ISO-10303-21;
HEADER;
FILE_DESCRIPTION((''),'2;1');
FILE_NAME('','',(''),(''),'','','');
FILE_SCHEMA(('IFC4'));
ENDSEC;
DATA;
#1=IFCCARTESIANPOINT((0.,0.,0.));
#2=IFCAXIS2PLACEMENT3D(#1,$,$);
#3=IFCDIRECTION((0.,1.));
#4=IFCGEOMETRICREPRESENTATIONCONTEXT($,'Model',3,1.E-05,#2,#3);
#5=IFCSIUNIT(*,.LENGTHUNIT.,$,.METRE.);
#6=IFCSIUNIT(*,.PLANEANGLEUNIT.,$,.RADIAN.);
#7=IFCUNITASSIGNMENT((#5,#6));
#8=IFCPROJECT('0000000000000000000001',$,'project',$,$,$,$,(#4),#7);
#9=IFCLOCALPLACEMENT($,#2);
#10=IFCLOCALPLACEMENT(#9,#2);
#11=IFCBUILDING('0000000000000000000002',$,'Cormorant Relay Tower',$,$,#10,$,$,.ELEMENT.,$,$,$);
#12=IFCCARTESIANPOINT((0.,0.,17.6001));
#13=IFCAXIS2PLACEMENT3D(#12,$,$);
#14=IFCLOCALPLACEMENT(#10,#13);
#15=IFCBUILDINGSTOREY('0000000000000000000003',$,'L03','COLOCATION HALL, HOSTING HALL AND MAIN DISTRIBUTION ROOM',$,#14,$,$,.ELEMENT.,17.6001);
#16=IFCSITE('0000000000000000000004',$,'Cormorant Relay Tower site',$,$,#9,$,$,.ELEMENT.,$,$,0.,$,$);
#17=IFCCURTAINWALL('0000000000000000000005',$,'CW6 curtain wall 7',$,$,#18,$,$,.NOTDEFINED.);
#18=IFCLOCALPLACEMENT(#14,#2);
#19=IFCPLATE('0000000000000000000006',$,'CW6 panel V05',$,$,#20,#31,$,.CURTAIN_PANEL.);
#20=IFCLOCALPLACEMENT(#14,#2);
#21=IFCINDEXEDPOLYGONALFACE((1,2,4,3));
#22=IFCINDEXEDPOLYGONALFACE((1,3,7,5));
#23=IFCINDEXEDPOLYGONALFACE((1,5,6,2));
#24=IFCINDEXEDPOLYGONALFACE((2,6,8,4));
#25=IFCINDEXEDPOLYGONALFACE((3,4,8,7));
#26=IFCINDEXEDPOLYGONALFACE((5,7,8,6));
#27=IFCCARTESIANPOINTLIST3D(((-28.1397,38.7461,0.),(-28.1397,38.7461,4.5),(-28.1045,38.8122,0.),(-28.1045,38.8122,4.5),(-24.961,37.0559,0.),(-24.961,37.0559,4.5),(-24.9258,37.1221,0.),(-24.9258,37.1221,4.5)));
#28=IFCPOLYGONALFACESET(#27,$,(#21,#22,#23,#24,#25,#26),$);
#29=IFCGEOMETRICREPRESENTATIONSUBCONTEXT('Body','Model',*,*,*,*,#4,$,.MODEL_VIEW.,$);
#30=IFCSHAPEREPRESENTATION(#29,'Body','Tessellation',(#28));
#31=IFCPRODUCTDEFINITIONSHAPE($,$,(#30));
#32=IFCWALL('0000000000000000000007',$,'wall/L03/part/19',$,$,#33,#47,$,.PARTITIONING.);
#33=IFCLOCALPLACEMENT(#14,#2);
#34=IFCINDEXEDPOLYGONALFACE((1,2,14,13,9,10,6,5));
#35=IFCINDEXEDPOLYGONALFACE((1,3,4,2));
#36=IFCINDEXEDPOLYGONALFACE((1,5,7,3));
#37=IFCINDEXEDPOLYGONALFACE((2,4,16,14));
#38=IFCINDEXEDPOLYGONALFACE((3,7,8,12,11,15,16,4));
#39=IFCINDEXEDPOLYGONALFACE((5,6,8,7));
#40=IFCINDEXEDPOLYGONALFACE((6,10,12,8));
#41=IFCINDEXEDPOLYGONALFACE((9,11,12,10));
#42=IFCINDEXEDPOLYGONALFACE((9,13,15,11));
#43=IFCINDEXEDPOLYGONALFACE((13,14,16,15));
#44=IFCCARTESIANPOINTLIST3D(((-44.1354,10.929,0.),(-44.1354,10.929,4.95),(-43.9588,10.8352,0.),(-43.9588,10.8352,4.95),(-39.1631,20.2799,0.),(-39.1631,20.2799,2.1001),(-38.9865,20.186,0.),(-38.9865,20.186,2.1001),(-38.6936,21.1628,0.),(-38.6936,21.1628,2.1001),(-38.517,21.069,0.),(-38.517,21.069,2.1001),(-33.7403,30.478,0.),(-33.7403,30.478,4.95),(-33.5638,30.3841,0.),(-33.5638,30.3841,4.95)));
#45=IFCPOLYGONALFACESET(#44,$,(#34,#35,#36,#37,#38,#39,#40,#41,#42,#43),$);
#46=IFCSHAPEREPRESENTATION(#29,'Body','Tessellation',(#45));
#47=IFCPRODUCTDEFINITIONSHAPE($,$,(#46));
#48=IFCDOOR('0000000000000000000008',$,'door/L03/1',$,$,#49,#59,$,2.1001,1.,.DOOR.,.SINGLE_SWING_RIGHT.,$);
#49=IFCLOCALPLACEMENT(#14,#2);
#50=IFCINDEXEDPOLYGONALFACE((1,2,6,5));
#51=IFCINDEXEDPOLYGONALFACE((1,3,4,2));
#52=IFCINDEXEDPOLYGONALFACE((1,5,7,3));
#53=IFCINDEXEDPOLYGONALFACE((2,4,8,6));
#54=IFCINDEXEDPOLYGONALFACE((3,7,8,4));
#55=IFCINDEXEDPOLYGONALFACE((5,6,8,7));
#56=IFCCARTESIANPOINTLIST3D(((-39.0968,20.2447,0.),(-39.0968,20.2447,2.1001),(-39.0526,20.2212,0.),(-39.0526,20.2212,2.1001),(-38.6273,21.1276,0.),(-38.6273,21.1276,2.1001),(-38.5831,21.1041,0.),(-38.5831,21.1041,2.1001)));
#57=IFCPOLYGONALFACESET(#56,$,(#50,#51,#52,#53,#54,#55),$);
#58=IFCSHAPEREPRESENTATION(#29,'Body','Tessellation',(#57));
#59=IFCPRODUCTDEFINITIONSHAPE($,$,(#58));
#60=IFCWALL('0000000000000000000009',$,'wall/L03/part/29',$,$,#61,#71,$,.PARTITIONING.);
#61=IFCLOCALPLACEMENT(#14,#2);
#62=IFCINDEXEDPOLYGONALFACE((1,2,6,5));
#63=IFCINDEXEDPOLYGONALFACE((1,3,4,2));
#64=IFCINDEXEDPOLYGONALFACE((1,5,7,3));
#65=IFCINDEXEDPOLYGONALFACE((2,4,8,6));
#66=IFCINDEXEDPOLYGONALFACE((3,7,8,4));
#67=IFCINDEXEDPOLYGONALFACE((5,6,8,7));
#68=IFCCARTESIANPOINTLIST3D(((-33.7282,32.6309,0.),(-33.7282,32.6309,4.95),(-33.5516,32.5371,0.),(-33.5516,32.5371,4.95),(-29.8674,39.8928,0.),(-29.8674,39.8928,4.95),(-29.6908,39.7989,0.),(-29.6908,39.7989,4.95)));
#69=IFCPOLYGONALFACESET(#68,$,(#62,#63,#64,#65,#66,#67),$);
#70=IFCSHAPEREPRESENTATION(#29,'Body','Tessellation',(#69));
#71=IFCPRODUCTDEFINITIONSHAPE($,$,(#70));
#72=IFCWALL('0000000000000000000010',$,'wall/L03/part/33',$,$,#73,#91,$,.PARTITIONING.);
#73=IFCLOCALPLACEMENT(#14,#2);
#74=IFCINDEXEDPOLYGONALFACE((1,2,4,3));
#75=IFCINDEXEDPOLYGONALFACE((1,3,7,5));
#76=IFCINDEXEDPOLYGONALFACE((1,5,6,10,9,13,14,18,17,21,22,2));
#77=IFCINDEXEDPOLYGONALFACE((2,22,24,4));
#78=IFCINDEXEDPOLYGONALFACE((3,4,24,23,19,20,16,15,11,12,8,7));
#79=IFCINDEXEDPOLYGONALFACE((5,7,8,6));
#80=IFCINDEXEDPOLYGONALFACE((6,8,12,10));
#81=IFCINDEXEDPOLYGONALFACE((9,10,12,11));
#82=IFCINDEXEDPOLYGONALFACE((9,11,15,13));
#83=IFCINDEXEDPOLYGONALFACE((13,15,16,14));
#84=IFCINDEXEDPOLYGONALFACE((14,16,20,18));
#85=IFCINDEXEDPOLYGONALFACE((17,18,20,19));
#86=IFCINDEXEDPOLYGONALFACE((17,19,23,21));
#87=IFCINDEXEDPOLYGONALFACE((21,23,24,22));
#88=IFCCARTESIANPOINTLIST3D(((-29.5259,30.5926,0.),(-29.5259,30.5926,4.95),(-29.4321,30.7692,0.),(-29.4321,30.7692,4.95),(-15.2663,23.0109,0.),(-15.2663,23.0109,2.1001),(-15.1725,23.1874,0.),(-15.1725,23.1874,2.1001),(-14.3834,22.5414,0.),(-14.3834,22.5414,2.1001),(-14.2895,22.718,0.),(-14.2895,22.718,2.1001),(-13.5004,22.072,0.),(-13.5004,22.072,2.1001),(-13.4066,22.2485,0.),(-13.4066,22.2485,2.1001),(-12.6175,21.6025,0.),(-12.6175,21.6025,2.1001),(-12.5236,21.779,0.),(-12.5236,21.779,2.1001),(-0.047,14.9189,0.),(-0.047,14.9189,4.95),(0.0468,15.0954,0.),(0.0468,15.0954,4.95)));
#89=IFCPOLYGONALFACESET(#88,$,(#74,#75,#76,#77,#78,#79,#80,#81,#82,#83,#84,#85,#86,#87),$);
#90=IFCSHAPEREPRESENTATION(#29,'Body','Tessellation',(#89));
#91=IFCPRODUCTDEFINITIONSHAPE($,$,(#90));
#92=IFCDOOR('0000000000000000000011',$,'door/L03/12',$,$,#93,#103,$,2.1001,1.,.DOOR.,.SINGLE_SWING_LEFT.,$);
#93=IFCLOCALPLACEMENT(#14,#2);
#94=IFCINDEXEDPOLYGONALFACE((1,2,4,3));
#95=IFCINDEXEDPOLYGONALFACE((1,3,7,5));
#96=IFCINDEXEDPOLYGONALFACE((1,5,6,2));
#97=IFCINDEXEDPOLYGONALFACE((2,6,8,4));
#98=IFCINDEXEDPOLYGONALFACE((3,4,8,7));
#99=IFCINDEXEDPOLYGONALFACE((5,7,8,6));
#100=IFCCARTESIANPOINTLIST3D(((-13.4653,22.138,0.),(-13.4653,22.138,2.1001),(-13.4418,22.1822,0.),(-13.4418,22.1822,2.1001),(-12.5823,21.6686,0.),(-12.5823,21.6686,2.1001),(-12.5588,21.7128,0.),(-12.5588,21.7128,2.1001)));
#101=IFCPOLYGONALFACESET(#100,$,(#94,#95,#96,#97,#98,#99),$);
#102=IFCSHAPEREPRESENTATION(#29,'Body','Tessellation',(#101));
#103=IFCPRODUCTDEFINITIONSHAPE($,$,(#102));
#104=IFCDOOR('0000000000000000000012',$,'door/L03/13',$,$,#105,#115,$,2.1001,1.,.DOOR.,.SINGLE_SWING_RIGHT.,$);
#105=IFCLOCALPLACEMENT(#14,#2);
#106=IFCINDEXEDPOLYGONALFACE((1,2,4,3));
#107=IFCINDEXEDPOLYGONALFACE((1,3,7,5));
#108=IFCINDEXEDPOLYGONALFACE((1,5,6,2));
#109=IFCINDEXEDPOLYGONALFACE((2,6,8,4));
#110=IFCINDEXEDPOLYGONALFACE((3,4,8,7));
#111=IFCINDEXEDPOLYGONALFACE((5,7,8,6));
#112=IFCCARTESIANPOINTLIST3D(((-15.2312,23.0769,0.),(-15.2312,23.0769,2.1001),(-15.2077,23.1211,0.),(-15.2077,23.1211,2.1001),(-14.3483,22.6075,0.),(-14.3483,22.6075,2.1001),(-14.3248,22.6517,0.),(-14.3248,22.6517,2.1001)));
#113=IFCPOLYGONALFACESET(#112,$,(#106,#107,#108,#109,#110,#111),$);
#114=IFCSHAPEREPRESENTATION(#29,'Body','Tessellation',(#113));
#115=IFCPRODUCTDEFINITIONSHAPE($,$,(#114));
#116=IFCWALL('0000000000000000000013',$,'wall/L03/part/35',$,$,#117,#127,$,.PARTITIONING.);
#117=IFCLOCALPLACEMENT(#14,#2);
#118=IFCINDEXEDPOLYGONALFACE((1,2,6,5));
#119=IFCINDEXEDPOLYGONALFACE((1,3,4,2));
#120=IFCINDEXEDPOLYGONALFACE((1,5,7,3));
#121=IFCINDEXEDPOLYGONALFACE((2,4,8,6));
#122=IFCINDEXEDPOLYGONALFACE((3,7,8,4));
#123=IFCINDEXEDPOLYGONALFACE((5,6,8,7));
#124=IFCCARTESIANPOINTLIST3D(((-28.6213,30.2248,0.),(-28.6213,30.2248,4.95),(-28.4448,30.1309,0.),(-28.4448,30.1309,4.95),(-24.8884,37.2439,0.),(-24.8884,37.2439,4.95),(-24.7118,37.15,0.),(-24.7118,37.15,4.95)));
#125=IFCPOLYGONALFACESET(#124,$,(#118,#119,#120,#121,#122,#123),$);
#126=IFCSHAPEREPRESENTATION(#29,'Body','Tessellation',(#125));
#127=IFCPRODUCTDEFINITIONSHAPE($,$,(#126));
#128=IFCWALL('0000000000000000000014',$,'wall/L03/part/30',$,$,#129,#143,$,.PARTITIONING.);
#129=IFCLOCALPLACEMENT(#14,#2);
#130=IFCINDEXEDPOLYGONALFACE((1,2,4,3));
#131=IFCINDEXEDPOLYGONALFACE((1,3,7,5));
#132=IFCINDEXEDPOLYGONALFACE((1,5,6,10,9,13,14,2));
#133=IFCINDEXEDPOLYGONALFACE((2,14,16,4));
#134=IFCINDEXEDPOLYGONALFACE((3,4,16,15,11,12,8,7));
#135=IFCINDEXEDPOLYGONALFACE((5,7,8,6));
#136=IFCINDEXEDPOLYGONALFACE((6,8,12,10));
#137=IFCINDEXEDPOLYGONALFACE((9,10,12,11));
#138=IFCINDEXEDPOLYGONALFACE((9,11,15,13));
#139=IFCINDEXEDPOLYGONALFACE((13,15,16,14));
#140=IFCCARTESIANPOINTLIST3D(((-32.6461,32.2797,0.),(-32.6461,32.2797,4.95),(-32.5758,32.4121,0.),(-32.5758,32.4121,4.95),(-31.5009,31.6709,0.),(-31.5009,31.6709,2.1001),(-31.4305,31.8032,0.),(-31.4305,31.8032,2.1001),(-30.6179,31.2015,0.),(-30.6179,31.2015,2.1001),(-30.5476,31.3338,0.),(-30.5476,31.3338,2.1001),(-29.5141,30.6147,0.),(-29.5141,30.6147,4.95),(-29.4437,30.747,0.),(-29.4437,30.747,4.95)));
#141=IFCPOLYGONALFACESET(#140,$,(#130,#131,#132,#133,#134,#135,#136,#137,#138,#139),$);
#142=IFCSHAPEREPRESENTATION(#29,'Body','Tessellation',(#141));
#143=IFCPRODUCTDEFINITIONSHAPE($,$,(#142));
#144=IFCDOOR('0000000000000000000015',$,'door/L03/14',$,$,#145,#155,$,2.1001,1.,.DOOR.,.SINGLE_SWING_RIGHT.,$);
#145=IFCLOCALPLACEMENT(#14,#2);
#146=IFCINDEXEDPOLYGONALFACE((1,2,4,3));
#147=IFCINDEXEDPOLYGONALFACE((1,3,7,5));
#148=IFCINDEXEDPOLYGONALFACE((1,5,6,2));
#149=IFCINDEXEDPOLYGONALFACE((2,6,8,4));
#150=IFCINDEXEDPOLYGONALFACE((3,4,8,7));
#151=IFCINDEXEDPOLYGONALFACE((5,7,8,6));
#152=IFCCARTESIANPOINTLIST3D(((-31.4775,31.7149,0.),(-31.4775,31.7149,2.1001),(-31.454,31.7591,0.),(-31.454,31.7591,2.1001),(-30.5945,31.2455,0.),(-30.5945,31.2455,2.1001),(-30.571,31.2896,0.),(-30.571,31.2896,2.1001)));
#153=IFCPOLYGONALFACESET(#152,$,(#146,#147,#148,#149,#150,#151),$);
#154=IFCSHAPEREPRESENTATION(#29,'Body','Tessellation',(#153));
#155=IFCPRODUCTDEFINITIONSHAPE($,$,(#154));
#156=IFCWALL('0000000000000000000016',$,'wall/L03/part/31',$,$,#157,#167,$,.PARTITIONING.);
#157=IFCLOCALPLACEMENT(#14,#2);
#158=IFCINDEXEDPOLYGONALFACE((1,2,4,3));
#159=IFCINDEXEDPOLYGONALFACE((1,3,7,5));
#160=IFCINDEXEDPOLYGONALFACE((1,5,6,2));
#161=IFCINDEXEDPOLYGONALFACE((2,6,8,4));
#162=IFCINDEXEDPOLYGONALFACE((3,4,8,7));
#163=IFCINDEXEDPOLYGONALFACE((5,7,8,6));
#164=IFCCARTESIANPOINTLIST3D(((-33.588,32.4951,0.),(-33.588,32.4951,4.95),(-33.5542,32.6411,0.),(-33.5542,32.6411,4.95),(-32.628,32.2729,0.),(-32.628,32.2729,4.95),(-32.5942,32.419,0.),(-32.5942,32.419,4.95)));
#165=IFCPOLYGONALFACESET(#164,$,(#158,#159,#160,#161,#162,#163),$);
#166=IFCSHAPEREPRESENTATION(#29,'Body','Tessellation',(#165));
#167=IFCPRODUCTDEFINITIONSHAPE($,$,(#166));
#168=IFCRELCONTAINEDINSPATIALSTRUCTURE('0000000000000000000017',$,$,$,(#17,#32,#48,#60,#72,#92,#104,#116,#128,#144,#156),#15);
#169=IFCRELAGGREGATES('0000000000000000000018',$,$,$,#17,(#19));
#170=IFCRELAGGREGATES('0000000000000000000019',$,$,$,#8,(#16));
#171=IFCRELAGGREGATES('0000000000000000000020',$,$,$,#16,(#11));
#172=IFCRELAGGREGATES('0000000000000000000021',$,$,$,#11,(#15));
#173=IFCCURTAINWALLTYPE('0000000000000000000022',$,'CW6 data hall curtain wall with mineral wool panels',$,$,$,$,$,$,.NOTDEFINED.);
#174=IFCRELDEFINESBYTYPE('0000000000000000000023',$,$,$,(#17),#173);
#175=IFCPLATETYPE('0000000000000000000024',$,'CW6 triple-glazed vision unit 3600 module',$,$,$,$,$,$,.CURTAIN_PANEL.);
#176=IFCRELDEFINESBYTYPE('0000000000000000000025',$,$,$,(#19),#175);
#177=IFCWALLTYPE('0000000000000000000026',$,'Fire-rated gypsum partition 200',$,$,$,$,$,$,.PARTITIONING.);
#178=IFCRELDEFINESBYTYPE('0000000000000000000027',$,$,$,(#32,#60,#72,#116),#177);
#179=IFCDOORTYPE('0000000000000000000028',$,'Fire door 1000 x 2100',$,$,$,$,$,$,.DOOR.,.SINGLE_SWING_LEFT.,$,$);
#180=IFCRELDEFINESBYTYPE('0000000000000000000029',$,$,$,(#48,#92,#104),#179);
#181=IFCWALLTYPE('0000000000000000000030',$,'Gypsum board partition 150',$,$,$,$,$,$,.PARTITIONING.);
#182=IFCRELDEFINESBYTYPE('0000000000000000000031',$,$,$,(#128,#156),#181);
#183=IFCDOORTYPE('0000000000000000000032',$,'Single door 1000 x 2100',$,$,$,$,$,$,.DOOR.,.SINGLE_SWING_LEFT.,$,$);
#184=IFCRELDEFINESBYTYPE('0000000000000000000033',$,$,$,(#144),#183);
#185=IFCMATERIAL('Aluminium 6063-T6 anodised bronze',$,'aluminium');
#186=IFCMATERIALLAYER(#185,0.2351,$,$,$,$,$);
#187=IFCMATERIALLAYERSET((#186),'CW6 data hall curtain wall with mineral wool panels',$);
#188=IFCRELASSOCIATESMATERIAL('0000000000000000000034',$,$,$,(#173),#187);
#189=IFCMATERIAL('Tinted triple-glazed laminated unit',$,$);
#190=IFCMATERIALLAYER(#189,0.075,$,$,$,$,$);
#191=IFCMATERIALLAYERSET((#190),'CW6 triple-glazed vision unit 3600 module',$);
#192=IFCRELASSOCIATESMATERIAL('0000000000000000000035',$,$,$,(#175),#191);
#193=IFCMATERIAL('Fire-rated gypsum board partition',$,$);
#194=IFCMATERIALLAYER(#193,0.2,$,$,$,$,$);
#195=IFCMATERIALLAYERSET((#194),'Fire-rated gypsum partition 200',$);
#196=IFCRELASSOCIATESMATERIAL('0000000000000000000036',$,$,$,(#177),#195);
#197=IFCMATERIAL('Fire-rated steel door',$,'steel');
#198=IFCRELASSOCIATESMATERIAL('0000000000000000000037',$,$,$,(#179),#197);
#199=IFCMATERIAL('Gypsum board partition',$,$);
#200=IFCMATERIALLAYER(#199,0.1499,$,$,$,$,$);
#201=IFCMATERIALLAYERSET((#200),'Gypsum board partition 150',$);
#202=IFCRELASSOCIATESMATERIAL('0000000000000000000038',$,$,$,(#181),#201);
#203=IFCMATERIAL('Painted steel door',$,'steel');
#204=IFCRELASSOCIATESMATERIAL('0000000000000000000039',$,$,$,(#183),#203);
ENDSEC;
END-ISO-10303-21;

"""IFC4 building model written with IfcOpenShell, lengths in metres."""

from ifc_helpers import new_model, si_unit, direction, frame, frame_2d, origin, origin_2d, place, context, subcontext, project, spatial, rectangle, extrude, material, layer, layer_set, type_object, element, fill, aggregate, save


model = new_model("IFC4")

# Units and contexts
model_context = context("Model", 3, precision=1e-05, world=origin(), true_north=direction((0.0, 1.0)))
body_context = subcontext(model_context, "Body", "Model", "MODEL_VIEW")
ifc_project = project(units=[si_unit("LENGTHUNIT", "METRE"), si_unit("PLANEANGLEUNIT", "RADIAN")], contexts=[model_context])

# Site, building, storey
site_placement = place(None, origin())
site = spatial("IfcSite", under=ifc_project, at=site_placement, Name="Cormorant Relay Tower site", CompositionType="ELEMENT", RefElevation=0.0)
building_placement = place(site_placement, origin())
building = spatial("IfcBuilding", under=site, at=building_placement, Name="Cormorant Relay Tower", CompositionType="ELEMENT")
storey_placement = place(building_placement, frame((0.0, 0.0, 17.6001)))
storey = spatial("IfcBuildingStorey", under=building, at=storey_placement, Name="L03", Description="COLOCATION HALL, HOSTING HALL AND MAIN DISTRIBUTION ROOM", CompositionType="ELEMENT", Elevation=17.6001)

# Curtain wall
ifc_material_1 = material(Name="Aluminium 6063-T6 anodised bronze", Category="aluminium")
ifc_layer_1 = layer(ifc_material_1, 0.2351)
ifc_layer_set_1 = layer_set([ifc_layer_1], Name="CW6 data hall curtain wall with mineral wool panels")
curtain_wall_type = type_object("IfcCurtainWallType", Name="CW6 data hall curtain wall with mineral wool panels", PredefinedType="NOTDEFINED", material=ifc_layer_set_1)
curtain_wall_1_placement = place(storey_placement, origin())
curtain_wall_1 = element("IfcCurtainWall", 1, at=curtain_wall_1_placement, inside=storey, type_object=curtain_wall_type, Name="CW6 curtain wall 7", PredefinedType="NOTDEFINED")

# Plate
ifc_material_2 = material(Name="Tinted triple-glazed laminated unit")
ifc_layer_2 = layer(ifc_material_2, 0.075)
ifc_layer_set_2 = layer_set([ifc_layer_2], Name="CW6 triple-glazed vision unit 3600 module")
plate_type = type_object("IfcPlateType", Name="CW6 triple-glazed vision unit 3600 module", PredefinedType="CURTAIN_PANEL", material=ifc_layer_set_2)
plate_placement = place(storey_placement, frame((-26.5327, 37.9341, 0.0), z_axis=(0.0, 0.0, 1.0), x_axis=(-0.882948, 0.469472, 0.0)))
plate = element("IfcPlate", 2, at=plate_placement, type_object=plate_type, Name="CW6 panel V05", PredefinedType="CURTAIN_PANEL", context=body_context, shape_type="SweptSolid", body=[
    extrude(rectangle(XDim=3.6001, YDim=0.075, at=origin_2d()), origin(), (0.0, 0.0, 1.0), 4.5),
])

# Wall, opening, door
ifc_material_3 = material(Name="Fire-rated gypsum board partition")
ifc_layer_3 = layer(ifc_material_3, 0.2)
ifc_layer_set_3 = layer_set([ifc_layer_3], Name="Fire-rated gypsum partition 200")
wall_type_1 = type_object("IfcWallType", Name="Fire-rated gypsum partition 200", PredefinedType="PARTITIONING", material=ifc_layer_set_3)
wall_1_placement = place(storey_placement, frame((-33.6521, 30.4309, 0.0), z_axis=(0.0, 0.0, 1.0), x_axis=(-0.469497, -0.882934, 0.0)))
wall_1 = element("IfcWall", 3, at=wall_1_placement, inside=storey, type_object=wall_type_1, Name="wall/L03/part/19", PredefinedType="PARTITIONING", context=body_context, shape_type="SweptSolid", body=[
    extrude(rectangle(XDim=22.1409, YDim=0.2, at=frame_2d((11.0703, 0.0))), origin(), (0.0, 0.0, 1.0), 4.95),
])
opening_1_placement = place(wall_1_placement, frame((10.55, 0.0, 0.0)))
opening_1 = element("IfcOpeningElement", 4, at=opening_1_placement, cuts=wall_1, PredefinedType="OPENING", context=body_context, shape_type="SweptSolid", body=[
    extrude(rectangle(XDim=1.0, YDim=2.1001, at=frame_2d((0.5, 1.05))), frame((0.0, 0.1099, 0.0), z_axis=(0.0, -1.0, 0.0), x_axis=(1.0, 0.0, 0.0)), (0.0, 0.0, 1.0), 0.22),
])
ifc_material_4 = material(Name="Fire-rated steel door", Category="steel")
door_type_1 = type_object("IfcDoorType", Name="Fire door 1000 x 2100", OperationType="SINGLE_SWING_LEFT", PredefinedType="DOOR", material=ifc_material_4)
door_1_placement = place(opening_1_placement, frame((1.0, 0.0, 0.0), z_axis=(0.0, 0.0, 1.0), x_axis=(-1.0, 0.0, 0.0)))
door_1 = element("IfcDoor", 5, at=door_1_placement, inside=storey, type_object=door_type_1, Name="door/L03/1", OperationType="SINGLE_SWING_RIGHT", OverallHeight=2.1001, OverallWidth=1.0, PredefinedType="DOOR", context=body_context, shape_type="SweptSolid", body=[
    extrude(rectangle(XDim=1.0, YDim=2.1001, at=frame_2d((0.5, 1.05))), frame((0.0, 0.0249, 0.0), z_axis=(0.0, -1.0, 0.0), x_axis=(1.0, 0.0, 0.0)), (0.0, 0.0, 1.0), 0.05),
])
fill(opening_1, door_1)

# Wall
wall_2_placement = place(storey_placement, frame((-29.7791, 39.8459, 0.0), z_axis=(0.0, 0.0, 1.0), x_axis=(-0.469432, -0.882968, 0.0)))
element("IfcWall", 6, at=wall_2_placement, inside=storey, type_object=wall_type_1, Name="wall/L03/part/29", PredefinedType="PARTITIONING", context=body_context, shape_type="SweptSolid", body=[
    extrude(rectangle(XDim=8.2244, YDim=0.2, at=frame_2d((4.1123, 0.0))), origin(), (0.0, 0.0, 1.0), 4.95),
])

# Wall, openings, doors
wall_3_placement = place(storey_placement, frame((-29.479, 30.6809, 0.0), z_axis=(0.0, 0.0, 1.0), x_axis=(0.882953, -0.469461, 0.0)))
wall_3 = element("IfcWall", 7, at=wall_3_placement, inside=storey, type_object=wall_type_1, Name="wall/L03/part/33", PredefinedType="PARTITIONING", context=body_context, shape_type="SweptSolid", body=[
    extrude(rectangle(XDim=33.3867, YDim=0.2, at=frame_2d((16.6934, 0.0))), origin(), (0.0, 0.0, 1.0), 4.95),
])
opening_2_placement = place(wall_3_placement, frame((18.1499, 0.0, 0.0)))
opening_2 = element("IfcOpeningElement", 8, at=opening_2_placement, cuts=wall_3, PredefinedType="OPENING", context=body_context, shape_type="SweptSolid", body=[
    extrude(rectangle(XDim=1.0, YDim=2.1001, at=frame_2d((0.5, 1.05))), frame((0.0, 0.1099, 0.0), z_axis=(0.0, -1.0, 0.0), x_axis=(1.0, 0.0, 0.0)), (0.0, 0.0, 1.0), 0.22),
])
opening_3_placement = place(wall_3_placement, frame((16.1499, 0.0, 0.0)))
opening_3 = element("IfcOpeningElement", 9, at=opening_3_placement, cuts=wall_3, PredefinedType="OPENING", context=body_context, shape_type="SweptSolid", body=[
    extrude(rectangle(XDim=1.0, YDim=2.1001, at=frame_2d((0.5, 1.05))), frame((0.0, 0.1099, 0.0), z_axis=(0.0, -1.0, 0.0), x_axis=(1.0, 0.0, 0.0)), (0.0, 0.0, 1.0), 0.22),
])
door_2_placement = place(opening_2_placement, origin())
door_2 = element("IfcDoor", 10, at=door_2_placement, inside=storey, type_object=door_type_1, Name="door/L03/12", OperationType="SINGLE_SWING_LEFT", OverallHeight=2.1001, OverallWidth=1.0, PredefinedType="DOOR", context=body_context, shape_type="SweptSolid", body=[
    extrude(rectangle(XDim=1.0, YDim=2.1001, at=frame_2d((0.5, 1.05))), frame((0.0, 0.0249, 0.0), z_axis=(0.0, -1.0, 0.0), x_axis=(1.0, 0.0, 0.0)), (0.0, 0.0, 1.0), 0.05),
])
fill(opening_2, door_2)
door_3_placement = place(opening_3_placement, origin())
door_3 = element("IfcDoor", 11, at=door_3_placement, inside=storey, type_object=door_type_1, Name="door/L03/13", OperationType="SINGLE_SWING_RIGHT", OverallHeight=2.1001, OverallWidth=1.0, PredefinedType="DOOR", context=body_context, shape_type="SweptSolid", body=[
    extrude(rectangle(XDim=1.0, YDim=2.1001, at=frame_2d((0.5, 1.05))), frame((0.0, 0.0249, 0.0), z_axis=(0.0, -1.0, 0.0), x_axis=(1.0, 0.0, 0.0)), (0.0, 0.0, 1.0), 0.05),
])
fill(opening_3, door_3)

# Wall
wall_4_placement = place(storey_placement, frame((-24.8, 37.197, 0.0), z_axis=(0.0, 0.0, 1.0), x_axis=(-0.469552, -0.882905, 0.0)))
element("IfcWall", 12, at=wall_4_placement, inside=storey, type_object=wall_type_1, Name="wall/L03/part/35", PredefinedType="PARTITIONING", context=body_context, shape_type="SweptSolid", body=[
    extrude(rectangle(XDim=7.95, YDim=0.2, at=frame_2d((3.9751, 0.0))), origin(), (0.0, 0.0, 1.0), 4.95),
])

# Wall, opening, door
ifc_material_5 = material(Name="Gypsum board partition")
ifc_layer_4 = layer(ifc_material_5, 0.1499)
ifc_layer_set_4 = layer_set([ifc_layer_4], Name="Gypsum board partition 150")
wall_type_2 = type_object("IfcWallType", Name="Gypsum board partition 150", PredefinedType="PARTITIONING", material=ifc_layer_set_4)
wall_5_placement = place(storey_placement, frame((-29.479, 30.6809, 0.0), z_axis=(0.0, 0.0, 1.0), x_axis=(-0.882985, 0.469402, 0.0)))
wall_5 = element("IfcWall", 13, at=wall_5_placement, inside=storey, type_object=wall_type_2, Name="wall/L03/part/30", PredefinedType="PARTITIONING", context=body_context, shape_type="SweptSolid", body=[
    extrude(rectangle(XDim=3.5471, YDim=0.1499, at=frame_2d((1.7734, 0.0))), origin(), (0.0, 0.0, 1.0), 4.95),
])
opening_4_placement = place(wall_5_placement, frame((1.25, 0.0, 0.0)))
opening_4 = element("IfcOpeningElement", 14, at=opening_4_placement, cuts=wall_5, PredefinedType="OPENING", context=body_context, shape_type="SweptSolid", body=[
    extrude(rectangle(XDim=1.0, YDim=2.1001, at=frame_2d((0.5, 1.05))), frame((0.0, 0.085, 0.0), z_axis=(0.0, -1.0, 0.0), x_axis=(1.0, 0.0, 0.0)), (0.0, 0.0, 1.0), 0.1699),
])
ifc_material_6 = material(Name="Painted steel door", Category="steel")
door_type_2 = type_object("IfcDoorType", Name="Single door 1000 x 2100", OperationType="SINGLE_SWING_LEFT", PredefinedType="DOOR", material=ifc_material_6)
door_4_placement = place(opening_4_placement, frame((1.0, 0.0, 0.0), z_axis=(0.0, 0.0, 1.0), x_axis=(-1.0, 0.0, 0.0)))
door_4 = element("IfcDoor", 15, at=door_4_placement, inside=storey, type_object=door_type_2, Name="door/L03/14", OperationType="SINGLE_SWING_RIGHT", OverallHeight=2.1001, OverallWidth=1.0, PredefinedType="DOOR", context=body_context, shape_type="SweptSolid", body=[
    extrude(rectangle(XDim=1.0, YDim=2.1001, at=frame_2d((0.5, 1.05))), frame((0.0, 0.0249, 0.0), z_axis=(0.0, -1.0, 0.0), x_axis=(1.0, 0.0, 0.0)), (0.0, 0.0, 1.0), 0.05),
])
fill(opening_4, door_4)

# Wall
wall_6_placement = place(storey_placement, frame((-32.6111, 32.3459, 0.0), z_axis=(0.0, 0.0, 1.0), x_axis=(-0.974249, 0.225475, 0.0)))
element("IfcWall", 16, at=wall_6_placement, inside=storey, type_object=wall_type_2, Name="wall/L03/part/31", PredefinedType="PARTITIONING", context=body_context, shape_type="SweptSolid", body=[
    extrude(rectangle(XDim=0.9854, YDim=0.1499, at=frame_2d((0.4927, 0.0))), origin(), (0.0, 0.0, 1.0), 4.95),
])

aggregate(curtain_wall_1, [plate])

save(model, "model.ifc")
